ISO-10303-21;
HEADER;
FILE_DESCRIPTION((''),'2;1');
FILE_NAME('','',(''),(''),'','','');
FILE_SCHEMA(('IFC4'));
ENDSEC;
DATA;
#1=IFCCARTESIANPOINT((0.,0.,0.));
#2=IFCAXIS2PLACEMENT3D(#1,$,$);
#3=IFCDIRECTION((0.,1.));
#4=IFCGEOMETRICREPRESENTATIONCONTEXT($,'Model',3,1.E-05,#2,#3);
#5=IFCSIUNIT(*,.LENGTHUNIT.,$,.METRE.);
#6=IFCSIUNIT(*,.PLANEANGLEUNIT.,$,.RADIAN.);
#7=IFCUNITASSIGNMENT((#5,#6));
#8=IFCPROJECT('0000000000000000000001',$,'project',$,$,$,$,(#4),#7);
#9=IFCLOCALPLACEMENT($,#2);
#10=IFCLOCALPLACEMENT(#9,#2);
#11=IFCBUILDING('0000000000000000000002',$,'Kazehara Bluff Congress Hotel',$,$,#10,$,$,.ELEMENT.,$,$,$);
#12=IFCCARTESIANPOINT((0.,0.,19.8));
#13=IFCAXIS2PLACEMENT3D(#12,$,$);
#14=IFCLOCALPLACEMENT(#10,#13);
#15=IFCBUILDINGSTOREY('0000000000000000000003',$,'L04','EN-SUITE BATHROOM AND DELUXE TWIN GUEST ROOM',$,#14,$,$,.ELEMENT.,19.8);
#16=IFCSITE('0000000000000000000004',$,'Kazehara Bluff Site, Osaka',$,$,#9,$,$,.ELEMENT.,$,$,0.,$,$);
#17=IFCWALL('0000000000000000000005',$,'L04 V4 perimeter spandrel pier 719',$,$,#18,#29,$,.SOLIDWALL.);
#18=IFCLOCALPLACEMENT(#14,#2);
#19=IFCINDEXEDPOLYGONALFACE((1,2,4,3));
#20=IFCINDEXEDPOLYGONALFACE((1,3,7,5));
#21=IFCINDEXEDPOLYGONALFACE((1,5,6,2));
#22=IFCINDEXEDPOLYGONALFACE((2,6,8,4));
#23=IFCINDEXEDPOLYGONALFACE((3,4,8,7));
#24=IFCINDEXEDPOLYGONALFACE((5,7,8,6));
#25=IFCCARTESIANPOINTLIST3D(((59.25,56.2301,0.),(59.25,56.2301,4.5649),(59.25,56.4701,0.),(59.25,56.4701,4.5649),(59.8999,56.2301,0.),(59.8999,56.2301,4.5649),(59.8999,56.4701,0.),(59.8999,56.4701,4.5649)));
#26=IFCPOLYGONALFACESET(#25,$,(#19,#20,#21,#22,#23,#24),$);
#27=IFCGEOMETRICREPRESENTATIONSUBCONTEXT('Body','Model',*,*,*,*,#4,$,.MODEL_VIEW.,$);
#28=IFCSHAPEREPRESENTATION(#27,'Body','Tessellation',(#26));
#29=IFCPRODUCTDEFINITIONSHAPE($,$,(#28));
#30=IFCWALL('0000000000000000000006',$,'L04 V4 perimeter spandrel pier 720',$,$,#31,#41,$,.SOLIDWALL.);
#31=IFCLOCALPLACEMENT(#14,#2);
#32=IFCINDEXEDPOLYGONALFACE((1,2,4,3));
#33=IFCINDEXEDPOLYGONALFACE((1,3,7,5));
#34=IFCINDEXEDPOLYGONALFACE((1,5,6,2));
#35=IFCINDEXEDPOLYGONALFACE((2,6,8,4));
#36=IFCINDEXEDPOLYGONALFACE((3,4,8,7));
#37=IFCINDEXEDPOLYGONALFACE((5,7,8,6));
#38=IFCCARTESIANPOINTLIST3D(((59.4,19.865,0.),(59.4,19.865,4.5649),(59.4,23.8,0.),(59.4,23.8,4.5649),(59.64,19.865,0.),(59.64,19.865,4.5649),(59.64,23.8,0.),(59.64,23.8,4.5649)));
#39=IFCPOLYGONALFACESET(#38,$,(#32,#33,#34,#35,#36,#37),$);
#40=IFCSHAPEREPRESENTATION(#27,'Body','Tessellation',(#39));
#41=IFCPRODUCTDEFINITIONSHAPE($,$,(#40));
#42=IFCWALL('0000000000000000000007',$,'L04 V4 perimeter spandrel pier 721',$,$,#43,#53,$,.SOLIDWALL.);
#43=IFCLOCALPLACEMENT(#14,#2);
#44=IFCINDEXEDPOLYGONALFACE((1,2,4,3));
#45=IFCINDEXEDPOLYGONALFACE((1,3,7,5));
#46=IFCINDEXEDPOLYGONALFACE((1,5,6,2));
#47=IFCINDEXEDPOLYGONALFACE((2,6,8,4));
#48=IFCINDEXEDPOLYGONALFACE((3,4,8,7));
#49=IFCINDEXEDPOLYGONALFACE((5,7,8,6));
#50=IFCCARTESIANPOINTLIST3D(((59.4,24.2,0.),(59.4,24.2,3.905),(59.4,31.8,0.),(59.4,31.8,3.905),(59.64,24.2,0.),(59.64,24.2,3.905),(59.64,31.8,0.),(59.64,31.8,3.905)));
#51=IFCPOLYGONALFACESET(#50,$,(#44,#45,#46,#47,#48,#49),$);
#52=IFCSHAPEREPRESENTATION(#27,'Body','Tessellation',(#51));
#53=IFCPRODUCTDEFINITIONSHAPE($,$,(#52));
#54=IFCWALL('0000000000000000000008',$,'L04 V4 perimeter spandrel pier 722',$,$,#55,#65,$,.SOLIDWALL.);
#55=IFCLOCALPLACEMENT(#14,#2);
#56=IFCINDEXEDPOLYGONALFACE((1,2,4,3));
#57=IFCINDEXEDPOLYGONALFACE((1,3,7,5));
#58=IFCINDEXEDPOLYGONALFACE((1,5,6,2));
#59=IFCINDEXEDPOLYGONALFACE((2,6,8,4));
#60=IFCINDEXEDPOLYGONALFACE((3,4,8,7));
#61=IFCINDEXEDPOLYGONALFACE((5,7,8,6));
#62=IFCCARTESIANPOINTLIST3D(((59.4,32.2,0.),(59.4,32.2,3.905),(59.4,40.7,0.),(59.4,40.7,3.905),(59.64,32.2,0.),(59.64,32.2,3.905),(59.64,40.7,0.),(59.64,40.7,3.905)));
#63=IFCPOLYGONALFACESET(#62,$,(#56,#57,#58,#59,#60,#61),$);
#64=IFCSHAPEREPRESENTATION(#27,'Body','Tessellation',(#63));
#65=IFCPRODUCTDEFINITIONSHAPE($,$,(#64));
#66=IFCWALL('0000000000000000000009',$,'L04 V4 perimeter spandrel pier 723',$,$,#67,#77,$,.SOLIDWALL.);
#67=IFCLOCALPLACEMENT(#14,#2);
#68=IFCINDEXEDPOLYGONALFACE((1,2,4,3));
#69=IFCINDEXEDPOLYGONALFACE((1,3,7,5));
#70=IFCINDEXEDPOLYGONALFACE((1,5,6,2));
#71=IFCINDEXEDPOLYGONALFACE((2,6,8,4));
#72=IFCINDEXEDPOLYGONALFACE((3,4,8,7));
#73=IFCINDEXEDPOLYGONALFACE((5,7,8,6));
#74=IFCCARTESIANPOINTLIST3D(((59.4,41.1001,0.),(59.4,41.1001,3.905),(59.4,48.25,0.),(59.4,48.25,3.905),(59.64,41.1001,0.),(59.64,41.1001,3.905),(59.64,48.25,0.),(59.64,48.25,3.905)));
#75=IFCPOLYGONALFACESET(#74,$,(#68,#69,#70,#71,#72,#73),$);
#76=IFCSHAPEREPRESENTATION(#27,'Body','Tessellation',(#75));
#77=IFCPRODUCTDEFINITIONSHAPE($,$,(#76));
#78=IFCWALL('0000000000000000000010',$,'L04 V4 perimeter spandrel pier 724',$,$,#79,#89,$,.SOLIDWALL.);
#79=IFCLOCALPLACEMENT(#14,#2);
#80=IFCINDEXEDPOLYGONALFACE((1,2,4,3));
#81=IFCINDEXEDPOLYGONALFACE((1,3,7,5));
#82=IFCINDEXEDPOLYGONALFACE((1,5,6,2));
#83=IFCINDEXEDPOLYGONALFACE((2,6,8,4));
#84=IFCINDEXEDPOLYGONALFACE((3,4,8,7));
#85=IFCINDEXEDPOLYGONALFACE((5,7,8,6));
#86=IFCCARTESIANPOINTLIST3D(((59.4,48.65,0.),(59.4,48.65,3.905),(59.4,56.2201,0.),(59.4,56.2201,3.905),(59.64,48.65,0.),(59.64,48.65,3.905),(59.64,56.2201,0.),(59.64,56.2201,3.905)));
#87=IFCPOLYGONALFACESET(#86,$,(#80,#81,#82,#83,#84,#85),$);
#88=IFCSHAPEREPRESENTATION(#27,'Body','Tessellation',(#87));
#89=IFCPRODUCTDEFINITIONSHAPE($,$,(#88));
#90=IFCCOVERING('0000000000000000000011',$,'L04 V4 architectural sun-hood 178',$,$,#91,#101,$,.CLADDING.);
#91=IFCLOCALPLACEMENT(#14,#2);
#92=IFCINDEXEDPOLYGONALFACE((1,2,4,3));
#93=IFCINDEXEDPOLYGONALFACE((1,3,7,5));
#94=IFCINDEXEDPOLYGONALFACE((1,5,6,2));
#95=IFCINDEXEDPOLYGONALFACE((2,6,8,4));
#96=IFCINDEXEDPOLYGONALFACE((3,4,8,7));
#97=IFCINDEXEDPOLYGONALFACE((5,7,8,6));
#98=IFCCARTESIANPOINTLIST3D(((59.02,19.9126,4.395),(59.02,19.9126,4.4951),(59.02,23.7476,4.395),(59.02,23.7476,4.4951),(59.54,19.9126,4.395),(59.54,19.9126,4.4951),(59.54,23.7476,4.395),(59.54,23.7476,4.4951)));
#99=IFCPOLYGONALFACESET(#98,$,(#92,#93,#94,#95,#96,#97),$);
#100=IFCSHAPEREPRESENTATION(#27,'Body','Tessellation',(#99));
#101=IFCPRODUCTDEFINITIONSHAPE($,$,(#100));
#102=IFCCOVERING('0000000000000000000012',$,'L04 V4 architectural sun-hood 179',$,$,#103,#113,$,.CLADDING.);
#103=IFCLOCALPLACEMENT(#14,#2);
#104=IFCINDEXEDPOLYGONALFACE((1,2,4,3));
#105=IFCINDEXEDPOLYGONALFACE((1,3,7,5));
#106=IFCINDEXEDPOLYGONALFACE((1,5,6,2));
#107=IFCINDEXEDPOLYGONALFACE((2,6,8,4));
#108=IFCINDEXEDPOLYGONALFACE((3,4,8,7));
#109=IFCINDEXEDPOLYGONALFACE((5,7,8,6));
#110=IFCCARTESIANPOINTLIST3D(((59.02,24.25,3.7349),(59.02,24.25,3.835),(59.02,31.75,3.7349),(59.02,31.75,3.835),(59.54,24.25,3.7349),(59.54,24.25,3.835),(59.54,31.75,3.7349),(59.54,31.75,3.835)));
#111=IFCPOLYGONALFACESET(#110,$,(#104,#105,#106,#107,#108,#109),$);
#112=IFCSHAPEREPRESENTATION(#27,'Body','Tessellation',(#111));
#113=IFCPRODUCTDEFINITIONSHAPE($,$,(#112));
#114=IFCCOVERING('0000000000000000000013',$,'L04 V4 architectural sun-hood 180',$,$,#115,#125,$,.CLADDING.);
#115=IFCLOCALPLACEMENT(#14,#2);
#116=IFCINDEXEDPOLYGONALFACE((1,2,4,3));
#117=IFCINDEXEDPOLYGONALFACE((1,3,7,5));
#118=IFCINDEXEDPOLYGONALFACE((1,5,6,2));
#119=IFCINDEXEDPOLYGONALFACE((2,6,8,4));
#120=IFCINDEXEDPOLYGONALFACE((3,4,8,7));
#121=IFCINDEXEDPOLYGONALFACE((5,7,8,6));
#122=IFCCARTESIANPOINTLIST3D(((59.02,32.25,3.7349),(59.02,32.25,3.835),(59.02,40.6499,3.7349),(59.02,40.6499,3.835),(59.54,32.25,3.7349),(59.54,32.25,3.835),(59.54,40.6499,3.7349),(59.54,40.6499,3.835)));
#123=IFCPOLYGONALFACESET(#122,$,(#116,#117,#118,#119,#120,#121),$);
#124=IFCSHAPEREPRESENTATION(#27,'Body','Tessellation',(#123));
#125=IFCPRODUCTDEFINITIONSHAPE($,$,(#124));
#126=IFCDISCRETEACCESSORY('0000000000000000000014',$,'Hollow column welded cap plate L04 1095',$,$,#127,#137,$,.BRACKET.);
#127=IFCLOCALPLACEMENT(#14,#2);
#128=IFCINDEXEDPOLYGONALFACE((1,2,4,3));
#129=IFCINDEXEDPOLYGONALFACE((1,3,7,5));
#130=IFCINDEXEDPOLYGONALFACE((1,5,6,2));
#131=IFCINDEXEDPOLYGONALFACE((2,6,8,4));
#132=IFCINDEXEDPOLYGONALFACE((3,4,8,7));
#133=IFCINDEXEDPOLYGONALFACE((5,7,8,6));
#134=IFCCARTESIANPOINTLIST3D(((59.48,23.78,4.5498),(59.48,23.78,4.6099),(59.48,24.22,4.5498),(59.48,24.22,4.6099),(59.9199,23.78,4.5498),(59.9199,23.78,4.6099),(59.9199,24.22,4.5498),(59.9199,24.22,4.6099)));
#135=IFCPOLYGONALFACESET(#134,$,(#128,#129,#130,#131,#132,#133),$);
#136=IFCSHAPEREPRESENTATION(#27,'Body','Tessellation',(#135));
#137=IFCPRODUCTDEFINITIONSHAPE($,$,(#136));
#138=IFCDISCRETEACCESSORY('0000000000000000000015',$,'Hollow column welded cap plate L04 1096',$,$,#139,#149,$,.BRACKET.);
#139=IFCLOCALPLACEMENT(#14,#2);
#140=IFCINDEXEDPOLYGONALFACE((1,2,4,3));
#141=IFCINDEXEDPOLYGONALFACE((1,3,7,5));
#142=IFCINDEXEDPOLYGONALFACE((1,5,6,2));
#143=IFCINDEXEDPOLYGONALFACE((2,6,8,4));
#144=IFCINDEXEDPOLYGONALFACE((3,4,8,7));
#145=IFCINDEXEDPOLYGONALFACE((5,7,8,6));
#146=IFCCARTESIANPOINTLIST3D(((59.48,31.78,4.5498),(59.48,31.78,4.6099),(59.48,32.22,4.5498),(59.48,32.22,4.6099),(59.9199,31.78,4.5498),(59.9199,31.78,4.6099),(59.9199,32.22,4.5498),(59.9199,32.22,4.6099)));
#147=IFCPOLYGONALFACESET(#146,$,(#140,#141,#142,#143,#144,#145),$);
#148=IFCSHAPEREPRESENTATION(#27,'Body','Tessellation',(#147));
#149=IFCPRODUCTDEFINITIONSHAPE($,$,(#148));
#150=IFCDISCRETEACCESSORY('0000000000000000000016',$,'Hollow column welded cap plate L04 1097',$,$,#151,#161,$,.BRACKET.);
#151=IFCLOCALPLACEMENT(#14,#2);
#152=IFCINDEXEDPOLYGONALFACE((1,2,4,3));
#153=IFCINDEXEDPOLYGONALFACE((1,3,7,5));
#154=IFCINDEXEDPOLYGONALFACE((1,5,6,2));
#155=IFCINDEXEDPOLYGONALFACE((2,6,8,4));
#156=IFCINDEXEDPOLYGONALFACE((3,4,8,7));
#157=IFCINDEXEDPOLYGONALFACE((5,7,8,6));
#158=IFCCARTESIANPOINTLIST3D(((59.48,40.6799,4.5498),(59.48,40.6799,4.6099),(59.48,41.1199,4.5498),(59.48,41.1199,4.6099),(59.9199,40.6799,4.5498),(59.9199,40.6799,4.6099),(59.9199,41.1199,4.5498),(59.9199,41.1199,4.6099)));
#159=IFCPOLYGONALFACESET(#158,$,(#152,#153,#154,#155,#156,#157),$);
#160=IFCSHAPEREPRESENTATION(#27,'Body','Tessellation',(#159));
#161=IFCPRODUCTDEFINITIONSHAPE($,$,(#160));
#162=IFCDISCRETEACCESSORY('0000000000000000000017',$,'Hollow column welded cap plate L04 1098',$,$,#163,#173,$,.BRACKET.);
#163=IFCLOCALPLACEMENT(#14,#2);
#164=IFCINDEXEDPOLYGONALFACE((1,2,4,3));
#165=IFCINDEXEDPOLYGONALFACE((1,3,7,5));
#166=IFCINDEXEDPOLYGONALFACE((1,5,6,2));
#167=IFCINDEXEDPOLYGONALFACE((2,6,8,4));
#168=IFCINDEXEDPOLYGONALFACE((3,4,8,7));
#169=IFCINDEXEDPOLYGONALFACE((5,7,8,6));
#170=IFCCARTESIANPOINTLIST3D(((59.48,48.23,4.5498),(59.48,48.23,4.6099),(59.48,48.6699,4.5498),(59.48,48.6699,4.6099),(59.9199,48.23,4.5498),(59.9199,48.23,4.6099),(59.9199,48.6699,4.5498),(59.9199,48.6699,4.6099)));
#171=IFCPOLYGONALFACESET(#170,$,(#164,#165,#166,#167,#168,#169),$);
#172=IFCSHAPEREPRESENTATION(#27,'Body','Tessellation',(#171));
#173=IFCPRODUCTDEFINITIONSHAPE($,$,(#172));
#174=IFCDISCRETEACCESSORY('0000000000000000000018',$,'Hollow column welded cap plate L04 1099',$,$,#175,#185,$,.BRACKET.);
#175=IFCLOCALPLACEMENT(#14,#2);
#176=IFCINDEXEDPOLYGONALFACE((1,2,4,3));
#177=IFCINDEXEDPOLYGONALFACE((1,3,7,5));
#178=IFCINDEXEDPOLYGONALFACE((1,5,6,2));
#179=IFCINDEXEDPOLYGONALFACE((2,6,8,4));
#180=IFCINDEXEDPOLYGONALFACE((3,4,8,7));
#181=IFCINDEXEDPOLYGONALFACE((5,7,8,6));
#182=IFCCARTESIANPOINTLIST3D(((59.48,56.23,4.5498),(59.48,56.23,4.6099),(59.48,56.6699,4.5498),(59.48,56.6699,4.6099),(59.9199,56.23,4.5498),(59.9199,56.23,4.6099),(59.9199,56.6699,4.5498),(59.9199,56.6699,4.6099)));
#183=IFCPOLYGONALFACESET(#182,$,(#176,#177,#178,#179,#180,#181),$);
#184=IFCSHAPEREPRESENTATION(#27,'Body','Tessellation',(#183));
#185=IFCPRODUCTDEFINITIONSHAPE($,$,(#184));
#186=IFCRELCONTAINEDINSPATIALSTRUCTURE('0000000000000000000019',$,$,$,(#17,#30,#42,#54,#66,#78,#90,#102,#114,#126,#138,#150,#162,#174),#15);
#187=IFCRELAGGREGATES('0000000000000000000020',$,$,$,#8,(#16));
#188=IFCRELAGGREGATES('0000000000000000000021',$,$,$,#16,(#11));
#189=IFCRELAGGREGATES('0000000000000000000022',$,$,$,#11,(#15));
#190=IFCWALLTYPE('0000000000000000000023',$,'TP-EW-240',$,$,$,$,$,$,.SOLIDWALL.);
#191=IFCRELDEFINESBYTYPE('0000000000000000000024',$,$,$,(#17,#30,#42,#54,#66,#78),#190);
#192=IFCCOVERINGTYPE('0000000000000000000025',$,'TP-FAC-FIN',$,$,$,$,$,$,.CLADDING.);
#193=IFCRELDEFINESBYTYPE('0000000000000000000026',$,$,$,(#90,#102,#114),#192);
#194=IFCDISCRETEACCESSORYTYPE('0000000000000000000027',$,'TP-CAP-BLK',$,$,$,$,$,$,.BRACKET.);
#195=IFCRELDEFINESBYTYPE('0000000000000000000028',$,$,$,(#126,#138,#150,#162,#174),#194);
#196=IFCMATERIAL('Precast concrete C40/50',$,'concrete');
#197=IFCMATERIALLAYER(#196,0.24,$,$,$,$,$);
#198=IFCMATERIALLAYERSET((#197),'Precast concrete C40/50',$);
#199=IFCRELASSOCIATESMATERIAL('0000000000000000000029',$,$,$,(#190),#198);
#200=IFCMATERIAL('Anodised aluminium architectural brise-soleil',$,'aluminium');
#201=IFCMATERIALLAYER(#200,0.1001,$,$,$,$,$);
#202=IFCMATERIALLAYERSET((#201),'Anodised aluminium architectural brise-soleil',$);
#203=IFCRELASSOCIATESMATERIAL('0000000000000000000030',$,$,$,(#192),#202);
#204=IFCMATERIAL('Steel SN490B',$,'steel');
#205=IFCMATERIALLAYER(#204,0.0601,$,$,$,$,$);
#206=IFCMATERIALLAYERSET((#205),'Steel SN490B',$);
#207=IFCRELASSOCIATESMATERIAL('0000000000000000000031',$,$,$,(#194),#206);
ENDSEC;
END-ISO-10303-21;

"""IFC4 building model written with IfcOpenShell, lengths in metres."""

from ifc_helpers import new_model, si_unit, direction, frame, frame_2d, origin, origin_2d, place, context, subcontext, project, spatial, rectangle, extrude, material, layer, layer_set, type_object, element, save


model = new_model("IFC4")

# Units and contexts
model_context = context("Model", 3, precision=1e-05, world=origin(), true_north=direction((0.0, 1.0)))
body_context = subcontext(model_context, "Body", "Model", "MODEL_VIEW")
ifc_project = project(units=[si_unit("LENGTHUNIT", "METRE"), si_unit("PLANEANGLEUNIT", "RADIAN")], contexts=[model_context])

# Site, building, storey
site_placement = place(None, origin())
site = spatial("IfcSite", under=ifc_project, at=site_placement, Name="Kazehara Bluff Site, Osaka", CompositionType="ELEMENT", RefElevation=0.0)
building_placement = place(site_placement, origin())
building = spatial("IfcBuilding", under=site, at=building_placement, Name="Kazehara Bluff Congress Hotel", CompositionType="ELEMENT")
storey_placement = place(building_placement, frame((0.0, 0.0, 19.8)))
storey = spatial("IfcBuildingStorey", under=building, at=storey_placement, Name="L04", Description="EN-SUITE BATHROOM AND DELUXE TWIN GUEST ROOM", CompositionType="ELEMENT", Elevation=19.8)

# Walls
ifc_material_1 = material(Name="Precast concrete C40/50", Category="concrete")
ifc_layer_1 = layer(ifc_material_1, 0.24)
ifc_layer_set_1 = layer_set([ifc_layer_1], Name="Precast concrete C40/50")
wall_type_1 = type_object("IfcWallType", Name="TP-EW-240", PredefinedType="SOLIDWALL", material=ifc_layer_set_1)
wall_1_placement = place(storey_placement, frame((59.25, 56.3501, 0.0), z_axis=(0.0, 0.0, 1.0), x_axis=(1.0, 0.0, 0.0)))
element("IfcWall", 1, at=wall_1_placement, inside=storey, type_object=wall_type_1, Name="L04 V4 perimeter spandrel pier 719", PredefinedType="SOLIDWALL", context=body_context, shape_type="SweptSolid", body=[
    extrude(rectangle(XDim=0.6499, YDim=0.24, at=frame_2d((0.325, 0.0))), origin(), (0.0, 0.0, 1.0), 4.5649),
])
wall_2_placement = place(storey_placement, frame((59.52, 19.865, 0.0), z_axis=(0.0, 0.0, 1.0), x_axis=(0.0, 1.0, 0.0)))
element("IfcWall", 2, at=wall_2_placement, inside=storey, type_object=wall_type_1, Name="L04 V4 perimeter spandrel pier 720", PredefinedType="SOLIDWALL", context=body_context, shape_type="SweptSolid", body=[
    extrude(rectangle(XDim=3.9351, YDim=0.24, at=frame_2d((1.9675, 0.0))), origin(), (0.0, 0.0, 1.0), 4.5649),
])
wall_3_placement = place(storey_placement, frame((59.52, 24.2, 0.0), z_axis=(0.0, 0.0, 1.0), x_axis=(0.0, 1.0, 0.0)))
element("IfcWall", 3, at=wall_3_placement, inside=storey, type_object=wall_type_1, Name="L04 V4 perimeter spandrel pier 721", PredefinedType="SOLIDWALL", context=body_context, shape_type="SweptSolid", body=[
    extrude(rectangle(XDim=7.6001, YDim=0.24, at=frame_2d((3.8, 0.0))), origin(), (0.0, 0.0, 1.0), 3.905),
])
wall_4_placement = place(storey_placement, frame((59.52, 32.2, 0.0), z_axis=(0.0, 0.0, 1.0), x_axis=(0.0, 1.0, 0.0)))
element("IfcWall", 4, at=wall_4_placement, inside=storey, type_object=wall_type_1, Name="L04 V4 perimeter spandrel pier 722", PredefinedType="SOLIDWALL", context=body_context, shape_type="SweptSolid", body=[
    extrude(rectangle(XDim=8.5, YDim=0.24, at=frame_2d((4.25, 0.0))), origin(), (0.0, 0.0, 1.0), 3.905),
])
wall_5_placement = place(storey_placement, frame((59.52, 41.1001, 0.0), z_axis=(0.0, 0.0, 1.0), x_axis=(0.0, 1.0, 0.0)))
element("IfcWall", 5, at=wall_5_placement, inside=storey, type_object=wall_type_1, Name="L04 V4 perimeter spandrel pier 723", PredefinedType="SOLIDWALL", context=body_context, shape_type="SweptSolid", body=[
    extrude(rectangle(XDim=7.1499, YDim=0.24, at=frame_2d((3.575, 0.0))), origin(), (0.0, 0.0, 1.0), 3.905),
])
wall_6_placement = place(storey_placement, frame((59.52, 48.6499, 0.0), z_axis=(0.0, 0.0, 1.0), x_axis=(0.0, 1.0, 0.0)))
element("IfcWall", 6, at=wall_6_placement, inside=storey, type_object=wall_type_1, Name="L04 V4 perimeter spandrel pier 724", PredefinedType="SOLIDWALL", context=body_context, shape_type="SweptSolid", body=[
    extrude(rectangle(XDim=7.5701, YDim=0.24, at=frame_2d((3.7852, 0.0))), origin(), (0.0, 0.0, 1.0), 3.905),
])

# Coverings
ifc_material_2 = material(Name="Anodised aluminium architectural brise-soleil", Category="aluminium")
ifc_layer_2 = layer(ifc_material_2, 0.1001)
ifc_layer_set_2 = layer_set([ifc_layer_2], Name="Anodised aluminium architectural brise-soleil")
covering_type = type_object("IfcCoveringType", Name="TP-FAC-FIN", PredefinedType="CLADDING", material=ifc_layer_set_2)
covering_1_placement = place(storey_placement, frame((59.28, 21.8301, 4.395), z_axis=(0.0, 0.0, 1.0), x_axis=(1.0, 0.0, 0.0)))
element("IfcCovering", 7, at=covering_1_placement, inside=storey, type_object=covering_type, Name="L04 V4 architectural sun-hood 178", PredefinedType="CLADDING", context=body_context, shape_type="SweptSolid", body=[
    extrude(rectangle(XDim=0.52, YDim=3.835, at=origin_2d()), origin(), (0.0, 0.0, 1.0), 0.1001),
])
covering_2_placement = place(storey_placement, frame((59.28, 28.0, 3.7349), z_axis=(0.0, 0.0, 1.0), x_axis=(1.0, 0.0, 0.0)))
element("IfcCovering", 8, at=covering_2_placement, inside=storey, type_object=covering_type, Name="L04 V4 architectural sun-hood 179", PredefinedType="CLADDING", context=body_context, shape_type="SweptSolid", body=[
    extrude(rectangle(XDim=0.52, YDim=7.5, at=origin_2d()), origin(), (0.0, 0.0, 1.0), 0.1001),
])
covering_3_placement = place(storey_placement, frame((59.28, 36.45, 3.7349), z_axis=(0.0, 0.0, 1.0), x_axis=(1.0, 0.0, 0.0)))
element("IfcCovering", 9, at=covering_3_placement, inside=storey, type_object=covering_type, Name="L04 V4 architectural sun-hood 180", PredefinedType="CLADDING", context=body_context, shape_type="SweptSolid", body=[
    extrude(rectangle(XDim=0.52, YDim=8.3999, at=origin_2d()), origin(), (0.0, 0.0, 1.0), 0.1001),
])

# Discrete accessories
ifc_material_3 = material(Name="Steel SN490B", Category="steel")
ifc_layer_3 = layer(ifc_material_3, 0.0601)
ifc_layer_set_3 = layer_set([ifc_layer_3], Name="Steel SN490B")
discrete_accessory_type = type_object("IfcDiscreteAccessoryType", Name="TP-CAP-BLK", PredefinedType="BRACKET", material=ifc_layer_set_3)
for number, where, z_axis, x_axis, name in (
    (10, (59.7, 24.0, 4.5498), (0.0, 0.0, 1.0), (1.0, 0.0, 0.0), "Hollow column welded cap plate L04 1095"),
    (11, (59.7, 32.0, 4.5498), (0.0, 0.0, 1.0), (1.0, 0.0, 0.0), "Hollow column welded cap plate L04 1096"),
    (12, (59.7, 40.8999, 4.5498), (0.0, 0.0, 1.0), (1.0, 0.0, 0.0), "Hollow column welded cap plate L04 1097"),
    (13, (59.7, 48.45, 4.5498), (0.0, 0.0, 1.0), (1.0, 0.0, 0.0), "Hollow column welded cap plate L04 1098"),
    (14, (59.7, 56.45, 4.5498), (0.0, 0.0, 1.0), (1.0, 0.0, 0.0), "Hollow column welded cap plate L04 1099"),
):
    element("IfcDiscreteAccessory", number, at=place(storey_placement, frame(where, z_axis=z_axis, x_axis=x_axis)), inside=storey, type_object=discrete_accessory_type, Name=name, PredefinedType="BRACKET", context=body_context, shape_type="SweptSolid", body=[
        extrude(rectangle(XDim=0.4399, YDim=0.4399, at=origin_2d()), origin(), (0.0, 0.0, 1.0), 0.0601),
    ])

save(model, "model.ifc")
